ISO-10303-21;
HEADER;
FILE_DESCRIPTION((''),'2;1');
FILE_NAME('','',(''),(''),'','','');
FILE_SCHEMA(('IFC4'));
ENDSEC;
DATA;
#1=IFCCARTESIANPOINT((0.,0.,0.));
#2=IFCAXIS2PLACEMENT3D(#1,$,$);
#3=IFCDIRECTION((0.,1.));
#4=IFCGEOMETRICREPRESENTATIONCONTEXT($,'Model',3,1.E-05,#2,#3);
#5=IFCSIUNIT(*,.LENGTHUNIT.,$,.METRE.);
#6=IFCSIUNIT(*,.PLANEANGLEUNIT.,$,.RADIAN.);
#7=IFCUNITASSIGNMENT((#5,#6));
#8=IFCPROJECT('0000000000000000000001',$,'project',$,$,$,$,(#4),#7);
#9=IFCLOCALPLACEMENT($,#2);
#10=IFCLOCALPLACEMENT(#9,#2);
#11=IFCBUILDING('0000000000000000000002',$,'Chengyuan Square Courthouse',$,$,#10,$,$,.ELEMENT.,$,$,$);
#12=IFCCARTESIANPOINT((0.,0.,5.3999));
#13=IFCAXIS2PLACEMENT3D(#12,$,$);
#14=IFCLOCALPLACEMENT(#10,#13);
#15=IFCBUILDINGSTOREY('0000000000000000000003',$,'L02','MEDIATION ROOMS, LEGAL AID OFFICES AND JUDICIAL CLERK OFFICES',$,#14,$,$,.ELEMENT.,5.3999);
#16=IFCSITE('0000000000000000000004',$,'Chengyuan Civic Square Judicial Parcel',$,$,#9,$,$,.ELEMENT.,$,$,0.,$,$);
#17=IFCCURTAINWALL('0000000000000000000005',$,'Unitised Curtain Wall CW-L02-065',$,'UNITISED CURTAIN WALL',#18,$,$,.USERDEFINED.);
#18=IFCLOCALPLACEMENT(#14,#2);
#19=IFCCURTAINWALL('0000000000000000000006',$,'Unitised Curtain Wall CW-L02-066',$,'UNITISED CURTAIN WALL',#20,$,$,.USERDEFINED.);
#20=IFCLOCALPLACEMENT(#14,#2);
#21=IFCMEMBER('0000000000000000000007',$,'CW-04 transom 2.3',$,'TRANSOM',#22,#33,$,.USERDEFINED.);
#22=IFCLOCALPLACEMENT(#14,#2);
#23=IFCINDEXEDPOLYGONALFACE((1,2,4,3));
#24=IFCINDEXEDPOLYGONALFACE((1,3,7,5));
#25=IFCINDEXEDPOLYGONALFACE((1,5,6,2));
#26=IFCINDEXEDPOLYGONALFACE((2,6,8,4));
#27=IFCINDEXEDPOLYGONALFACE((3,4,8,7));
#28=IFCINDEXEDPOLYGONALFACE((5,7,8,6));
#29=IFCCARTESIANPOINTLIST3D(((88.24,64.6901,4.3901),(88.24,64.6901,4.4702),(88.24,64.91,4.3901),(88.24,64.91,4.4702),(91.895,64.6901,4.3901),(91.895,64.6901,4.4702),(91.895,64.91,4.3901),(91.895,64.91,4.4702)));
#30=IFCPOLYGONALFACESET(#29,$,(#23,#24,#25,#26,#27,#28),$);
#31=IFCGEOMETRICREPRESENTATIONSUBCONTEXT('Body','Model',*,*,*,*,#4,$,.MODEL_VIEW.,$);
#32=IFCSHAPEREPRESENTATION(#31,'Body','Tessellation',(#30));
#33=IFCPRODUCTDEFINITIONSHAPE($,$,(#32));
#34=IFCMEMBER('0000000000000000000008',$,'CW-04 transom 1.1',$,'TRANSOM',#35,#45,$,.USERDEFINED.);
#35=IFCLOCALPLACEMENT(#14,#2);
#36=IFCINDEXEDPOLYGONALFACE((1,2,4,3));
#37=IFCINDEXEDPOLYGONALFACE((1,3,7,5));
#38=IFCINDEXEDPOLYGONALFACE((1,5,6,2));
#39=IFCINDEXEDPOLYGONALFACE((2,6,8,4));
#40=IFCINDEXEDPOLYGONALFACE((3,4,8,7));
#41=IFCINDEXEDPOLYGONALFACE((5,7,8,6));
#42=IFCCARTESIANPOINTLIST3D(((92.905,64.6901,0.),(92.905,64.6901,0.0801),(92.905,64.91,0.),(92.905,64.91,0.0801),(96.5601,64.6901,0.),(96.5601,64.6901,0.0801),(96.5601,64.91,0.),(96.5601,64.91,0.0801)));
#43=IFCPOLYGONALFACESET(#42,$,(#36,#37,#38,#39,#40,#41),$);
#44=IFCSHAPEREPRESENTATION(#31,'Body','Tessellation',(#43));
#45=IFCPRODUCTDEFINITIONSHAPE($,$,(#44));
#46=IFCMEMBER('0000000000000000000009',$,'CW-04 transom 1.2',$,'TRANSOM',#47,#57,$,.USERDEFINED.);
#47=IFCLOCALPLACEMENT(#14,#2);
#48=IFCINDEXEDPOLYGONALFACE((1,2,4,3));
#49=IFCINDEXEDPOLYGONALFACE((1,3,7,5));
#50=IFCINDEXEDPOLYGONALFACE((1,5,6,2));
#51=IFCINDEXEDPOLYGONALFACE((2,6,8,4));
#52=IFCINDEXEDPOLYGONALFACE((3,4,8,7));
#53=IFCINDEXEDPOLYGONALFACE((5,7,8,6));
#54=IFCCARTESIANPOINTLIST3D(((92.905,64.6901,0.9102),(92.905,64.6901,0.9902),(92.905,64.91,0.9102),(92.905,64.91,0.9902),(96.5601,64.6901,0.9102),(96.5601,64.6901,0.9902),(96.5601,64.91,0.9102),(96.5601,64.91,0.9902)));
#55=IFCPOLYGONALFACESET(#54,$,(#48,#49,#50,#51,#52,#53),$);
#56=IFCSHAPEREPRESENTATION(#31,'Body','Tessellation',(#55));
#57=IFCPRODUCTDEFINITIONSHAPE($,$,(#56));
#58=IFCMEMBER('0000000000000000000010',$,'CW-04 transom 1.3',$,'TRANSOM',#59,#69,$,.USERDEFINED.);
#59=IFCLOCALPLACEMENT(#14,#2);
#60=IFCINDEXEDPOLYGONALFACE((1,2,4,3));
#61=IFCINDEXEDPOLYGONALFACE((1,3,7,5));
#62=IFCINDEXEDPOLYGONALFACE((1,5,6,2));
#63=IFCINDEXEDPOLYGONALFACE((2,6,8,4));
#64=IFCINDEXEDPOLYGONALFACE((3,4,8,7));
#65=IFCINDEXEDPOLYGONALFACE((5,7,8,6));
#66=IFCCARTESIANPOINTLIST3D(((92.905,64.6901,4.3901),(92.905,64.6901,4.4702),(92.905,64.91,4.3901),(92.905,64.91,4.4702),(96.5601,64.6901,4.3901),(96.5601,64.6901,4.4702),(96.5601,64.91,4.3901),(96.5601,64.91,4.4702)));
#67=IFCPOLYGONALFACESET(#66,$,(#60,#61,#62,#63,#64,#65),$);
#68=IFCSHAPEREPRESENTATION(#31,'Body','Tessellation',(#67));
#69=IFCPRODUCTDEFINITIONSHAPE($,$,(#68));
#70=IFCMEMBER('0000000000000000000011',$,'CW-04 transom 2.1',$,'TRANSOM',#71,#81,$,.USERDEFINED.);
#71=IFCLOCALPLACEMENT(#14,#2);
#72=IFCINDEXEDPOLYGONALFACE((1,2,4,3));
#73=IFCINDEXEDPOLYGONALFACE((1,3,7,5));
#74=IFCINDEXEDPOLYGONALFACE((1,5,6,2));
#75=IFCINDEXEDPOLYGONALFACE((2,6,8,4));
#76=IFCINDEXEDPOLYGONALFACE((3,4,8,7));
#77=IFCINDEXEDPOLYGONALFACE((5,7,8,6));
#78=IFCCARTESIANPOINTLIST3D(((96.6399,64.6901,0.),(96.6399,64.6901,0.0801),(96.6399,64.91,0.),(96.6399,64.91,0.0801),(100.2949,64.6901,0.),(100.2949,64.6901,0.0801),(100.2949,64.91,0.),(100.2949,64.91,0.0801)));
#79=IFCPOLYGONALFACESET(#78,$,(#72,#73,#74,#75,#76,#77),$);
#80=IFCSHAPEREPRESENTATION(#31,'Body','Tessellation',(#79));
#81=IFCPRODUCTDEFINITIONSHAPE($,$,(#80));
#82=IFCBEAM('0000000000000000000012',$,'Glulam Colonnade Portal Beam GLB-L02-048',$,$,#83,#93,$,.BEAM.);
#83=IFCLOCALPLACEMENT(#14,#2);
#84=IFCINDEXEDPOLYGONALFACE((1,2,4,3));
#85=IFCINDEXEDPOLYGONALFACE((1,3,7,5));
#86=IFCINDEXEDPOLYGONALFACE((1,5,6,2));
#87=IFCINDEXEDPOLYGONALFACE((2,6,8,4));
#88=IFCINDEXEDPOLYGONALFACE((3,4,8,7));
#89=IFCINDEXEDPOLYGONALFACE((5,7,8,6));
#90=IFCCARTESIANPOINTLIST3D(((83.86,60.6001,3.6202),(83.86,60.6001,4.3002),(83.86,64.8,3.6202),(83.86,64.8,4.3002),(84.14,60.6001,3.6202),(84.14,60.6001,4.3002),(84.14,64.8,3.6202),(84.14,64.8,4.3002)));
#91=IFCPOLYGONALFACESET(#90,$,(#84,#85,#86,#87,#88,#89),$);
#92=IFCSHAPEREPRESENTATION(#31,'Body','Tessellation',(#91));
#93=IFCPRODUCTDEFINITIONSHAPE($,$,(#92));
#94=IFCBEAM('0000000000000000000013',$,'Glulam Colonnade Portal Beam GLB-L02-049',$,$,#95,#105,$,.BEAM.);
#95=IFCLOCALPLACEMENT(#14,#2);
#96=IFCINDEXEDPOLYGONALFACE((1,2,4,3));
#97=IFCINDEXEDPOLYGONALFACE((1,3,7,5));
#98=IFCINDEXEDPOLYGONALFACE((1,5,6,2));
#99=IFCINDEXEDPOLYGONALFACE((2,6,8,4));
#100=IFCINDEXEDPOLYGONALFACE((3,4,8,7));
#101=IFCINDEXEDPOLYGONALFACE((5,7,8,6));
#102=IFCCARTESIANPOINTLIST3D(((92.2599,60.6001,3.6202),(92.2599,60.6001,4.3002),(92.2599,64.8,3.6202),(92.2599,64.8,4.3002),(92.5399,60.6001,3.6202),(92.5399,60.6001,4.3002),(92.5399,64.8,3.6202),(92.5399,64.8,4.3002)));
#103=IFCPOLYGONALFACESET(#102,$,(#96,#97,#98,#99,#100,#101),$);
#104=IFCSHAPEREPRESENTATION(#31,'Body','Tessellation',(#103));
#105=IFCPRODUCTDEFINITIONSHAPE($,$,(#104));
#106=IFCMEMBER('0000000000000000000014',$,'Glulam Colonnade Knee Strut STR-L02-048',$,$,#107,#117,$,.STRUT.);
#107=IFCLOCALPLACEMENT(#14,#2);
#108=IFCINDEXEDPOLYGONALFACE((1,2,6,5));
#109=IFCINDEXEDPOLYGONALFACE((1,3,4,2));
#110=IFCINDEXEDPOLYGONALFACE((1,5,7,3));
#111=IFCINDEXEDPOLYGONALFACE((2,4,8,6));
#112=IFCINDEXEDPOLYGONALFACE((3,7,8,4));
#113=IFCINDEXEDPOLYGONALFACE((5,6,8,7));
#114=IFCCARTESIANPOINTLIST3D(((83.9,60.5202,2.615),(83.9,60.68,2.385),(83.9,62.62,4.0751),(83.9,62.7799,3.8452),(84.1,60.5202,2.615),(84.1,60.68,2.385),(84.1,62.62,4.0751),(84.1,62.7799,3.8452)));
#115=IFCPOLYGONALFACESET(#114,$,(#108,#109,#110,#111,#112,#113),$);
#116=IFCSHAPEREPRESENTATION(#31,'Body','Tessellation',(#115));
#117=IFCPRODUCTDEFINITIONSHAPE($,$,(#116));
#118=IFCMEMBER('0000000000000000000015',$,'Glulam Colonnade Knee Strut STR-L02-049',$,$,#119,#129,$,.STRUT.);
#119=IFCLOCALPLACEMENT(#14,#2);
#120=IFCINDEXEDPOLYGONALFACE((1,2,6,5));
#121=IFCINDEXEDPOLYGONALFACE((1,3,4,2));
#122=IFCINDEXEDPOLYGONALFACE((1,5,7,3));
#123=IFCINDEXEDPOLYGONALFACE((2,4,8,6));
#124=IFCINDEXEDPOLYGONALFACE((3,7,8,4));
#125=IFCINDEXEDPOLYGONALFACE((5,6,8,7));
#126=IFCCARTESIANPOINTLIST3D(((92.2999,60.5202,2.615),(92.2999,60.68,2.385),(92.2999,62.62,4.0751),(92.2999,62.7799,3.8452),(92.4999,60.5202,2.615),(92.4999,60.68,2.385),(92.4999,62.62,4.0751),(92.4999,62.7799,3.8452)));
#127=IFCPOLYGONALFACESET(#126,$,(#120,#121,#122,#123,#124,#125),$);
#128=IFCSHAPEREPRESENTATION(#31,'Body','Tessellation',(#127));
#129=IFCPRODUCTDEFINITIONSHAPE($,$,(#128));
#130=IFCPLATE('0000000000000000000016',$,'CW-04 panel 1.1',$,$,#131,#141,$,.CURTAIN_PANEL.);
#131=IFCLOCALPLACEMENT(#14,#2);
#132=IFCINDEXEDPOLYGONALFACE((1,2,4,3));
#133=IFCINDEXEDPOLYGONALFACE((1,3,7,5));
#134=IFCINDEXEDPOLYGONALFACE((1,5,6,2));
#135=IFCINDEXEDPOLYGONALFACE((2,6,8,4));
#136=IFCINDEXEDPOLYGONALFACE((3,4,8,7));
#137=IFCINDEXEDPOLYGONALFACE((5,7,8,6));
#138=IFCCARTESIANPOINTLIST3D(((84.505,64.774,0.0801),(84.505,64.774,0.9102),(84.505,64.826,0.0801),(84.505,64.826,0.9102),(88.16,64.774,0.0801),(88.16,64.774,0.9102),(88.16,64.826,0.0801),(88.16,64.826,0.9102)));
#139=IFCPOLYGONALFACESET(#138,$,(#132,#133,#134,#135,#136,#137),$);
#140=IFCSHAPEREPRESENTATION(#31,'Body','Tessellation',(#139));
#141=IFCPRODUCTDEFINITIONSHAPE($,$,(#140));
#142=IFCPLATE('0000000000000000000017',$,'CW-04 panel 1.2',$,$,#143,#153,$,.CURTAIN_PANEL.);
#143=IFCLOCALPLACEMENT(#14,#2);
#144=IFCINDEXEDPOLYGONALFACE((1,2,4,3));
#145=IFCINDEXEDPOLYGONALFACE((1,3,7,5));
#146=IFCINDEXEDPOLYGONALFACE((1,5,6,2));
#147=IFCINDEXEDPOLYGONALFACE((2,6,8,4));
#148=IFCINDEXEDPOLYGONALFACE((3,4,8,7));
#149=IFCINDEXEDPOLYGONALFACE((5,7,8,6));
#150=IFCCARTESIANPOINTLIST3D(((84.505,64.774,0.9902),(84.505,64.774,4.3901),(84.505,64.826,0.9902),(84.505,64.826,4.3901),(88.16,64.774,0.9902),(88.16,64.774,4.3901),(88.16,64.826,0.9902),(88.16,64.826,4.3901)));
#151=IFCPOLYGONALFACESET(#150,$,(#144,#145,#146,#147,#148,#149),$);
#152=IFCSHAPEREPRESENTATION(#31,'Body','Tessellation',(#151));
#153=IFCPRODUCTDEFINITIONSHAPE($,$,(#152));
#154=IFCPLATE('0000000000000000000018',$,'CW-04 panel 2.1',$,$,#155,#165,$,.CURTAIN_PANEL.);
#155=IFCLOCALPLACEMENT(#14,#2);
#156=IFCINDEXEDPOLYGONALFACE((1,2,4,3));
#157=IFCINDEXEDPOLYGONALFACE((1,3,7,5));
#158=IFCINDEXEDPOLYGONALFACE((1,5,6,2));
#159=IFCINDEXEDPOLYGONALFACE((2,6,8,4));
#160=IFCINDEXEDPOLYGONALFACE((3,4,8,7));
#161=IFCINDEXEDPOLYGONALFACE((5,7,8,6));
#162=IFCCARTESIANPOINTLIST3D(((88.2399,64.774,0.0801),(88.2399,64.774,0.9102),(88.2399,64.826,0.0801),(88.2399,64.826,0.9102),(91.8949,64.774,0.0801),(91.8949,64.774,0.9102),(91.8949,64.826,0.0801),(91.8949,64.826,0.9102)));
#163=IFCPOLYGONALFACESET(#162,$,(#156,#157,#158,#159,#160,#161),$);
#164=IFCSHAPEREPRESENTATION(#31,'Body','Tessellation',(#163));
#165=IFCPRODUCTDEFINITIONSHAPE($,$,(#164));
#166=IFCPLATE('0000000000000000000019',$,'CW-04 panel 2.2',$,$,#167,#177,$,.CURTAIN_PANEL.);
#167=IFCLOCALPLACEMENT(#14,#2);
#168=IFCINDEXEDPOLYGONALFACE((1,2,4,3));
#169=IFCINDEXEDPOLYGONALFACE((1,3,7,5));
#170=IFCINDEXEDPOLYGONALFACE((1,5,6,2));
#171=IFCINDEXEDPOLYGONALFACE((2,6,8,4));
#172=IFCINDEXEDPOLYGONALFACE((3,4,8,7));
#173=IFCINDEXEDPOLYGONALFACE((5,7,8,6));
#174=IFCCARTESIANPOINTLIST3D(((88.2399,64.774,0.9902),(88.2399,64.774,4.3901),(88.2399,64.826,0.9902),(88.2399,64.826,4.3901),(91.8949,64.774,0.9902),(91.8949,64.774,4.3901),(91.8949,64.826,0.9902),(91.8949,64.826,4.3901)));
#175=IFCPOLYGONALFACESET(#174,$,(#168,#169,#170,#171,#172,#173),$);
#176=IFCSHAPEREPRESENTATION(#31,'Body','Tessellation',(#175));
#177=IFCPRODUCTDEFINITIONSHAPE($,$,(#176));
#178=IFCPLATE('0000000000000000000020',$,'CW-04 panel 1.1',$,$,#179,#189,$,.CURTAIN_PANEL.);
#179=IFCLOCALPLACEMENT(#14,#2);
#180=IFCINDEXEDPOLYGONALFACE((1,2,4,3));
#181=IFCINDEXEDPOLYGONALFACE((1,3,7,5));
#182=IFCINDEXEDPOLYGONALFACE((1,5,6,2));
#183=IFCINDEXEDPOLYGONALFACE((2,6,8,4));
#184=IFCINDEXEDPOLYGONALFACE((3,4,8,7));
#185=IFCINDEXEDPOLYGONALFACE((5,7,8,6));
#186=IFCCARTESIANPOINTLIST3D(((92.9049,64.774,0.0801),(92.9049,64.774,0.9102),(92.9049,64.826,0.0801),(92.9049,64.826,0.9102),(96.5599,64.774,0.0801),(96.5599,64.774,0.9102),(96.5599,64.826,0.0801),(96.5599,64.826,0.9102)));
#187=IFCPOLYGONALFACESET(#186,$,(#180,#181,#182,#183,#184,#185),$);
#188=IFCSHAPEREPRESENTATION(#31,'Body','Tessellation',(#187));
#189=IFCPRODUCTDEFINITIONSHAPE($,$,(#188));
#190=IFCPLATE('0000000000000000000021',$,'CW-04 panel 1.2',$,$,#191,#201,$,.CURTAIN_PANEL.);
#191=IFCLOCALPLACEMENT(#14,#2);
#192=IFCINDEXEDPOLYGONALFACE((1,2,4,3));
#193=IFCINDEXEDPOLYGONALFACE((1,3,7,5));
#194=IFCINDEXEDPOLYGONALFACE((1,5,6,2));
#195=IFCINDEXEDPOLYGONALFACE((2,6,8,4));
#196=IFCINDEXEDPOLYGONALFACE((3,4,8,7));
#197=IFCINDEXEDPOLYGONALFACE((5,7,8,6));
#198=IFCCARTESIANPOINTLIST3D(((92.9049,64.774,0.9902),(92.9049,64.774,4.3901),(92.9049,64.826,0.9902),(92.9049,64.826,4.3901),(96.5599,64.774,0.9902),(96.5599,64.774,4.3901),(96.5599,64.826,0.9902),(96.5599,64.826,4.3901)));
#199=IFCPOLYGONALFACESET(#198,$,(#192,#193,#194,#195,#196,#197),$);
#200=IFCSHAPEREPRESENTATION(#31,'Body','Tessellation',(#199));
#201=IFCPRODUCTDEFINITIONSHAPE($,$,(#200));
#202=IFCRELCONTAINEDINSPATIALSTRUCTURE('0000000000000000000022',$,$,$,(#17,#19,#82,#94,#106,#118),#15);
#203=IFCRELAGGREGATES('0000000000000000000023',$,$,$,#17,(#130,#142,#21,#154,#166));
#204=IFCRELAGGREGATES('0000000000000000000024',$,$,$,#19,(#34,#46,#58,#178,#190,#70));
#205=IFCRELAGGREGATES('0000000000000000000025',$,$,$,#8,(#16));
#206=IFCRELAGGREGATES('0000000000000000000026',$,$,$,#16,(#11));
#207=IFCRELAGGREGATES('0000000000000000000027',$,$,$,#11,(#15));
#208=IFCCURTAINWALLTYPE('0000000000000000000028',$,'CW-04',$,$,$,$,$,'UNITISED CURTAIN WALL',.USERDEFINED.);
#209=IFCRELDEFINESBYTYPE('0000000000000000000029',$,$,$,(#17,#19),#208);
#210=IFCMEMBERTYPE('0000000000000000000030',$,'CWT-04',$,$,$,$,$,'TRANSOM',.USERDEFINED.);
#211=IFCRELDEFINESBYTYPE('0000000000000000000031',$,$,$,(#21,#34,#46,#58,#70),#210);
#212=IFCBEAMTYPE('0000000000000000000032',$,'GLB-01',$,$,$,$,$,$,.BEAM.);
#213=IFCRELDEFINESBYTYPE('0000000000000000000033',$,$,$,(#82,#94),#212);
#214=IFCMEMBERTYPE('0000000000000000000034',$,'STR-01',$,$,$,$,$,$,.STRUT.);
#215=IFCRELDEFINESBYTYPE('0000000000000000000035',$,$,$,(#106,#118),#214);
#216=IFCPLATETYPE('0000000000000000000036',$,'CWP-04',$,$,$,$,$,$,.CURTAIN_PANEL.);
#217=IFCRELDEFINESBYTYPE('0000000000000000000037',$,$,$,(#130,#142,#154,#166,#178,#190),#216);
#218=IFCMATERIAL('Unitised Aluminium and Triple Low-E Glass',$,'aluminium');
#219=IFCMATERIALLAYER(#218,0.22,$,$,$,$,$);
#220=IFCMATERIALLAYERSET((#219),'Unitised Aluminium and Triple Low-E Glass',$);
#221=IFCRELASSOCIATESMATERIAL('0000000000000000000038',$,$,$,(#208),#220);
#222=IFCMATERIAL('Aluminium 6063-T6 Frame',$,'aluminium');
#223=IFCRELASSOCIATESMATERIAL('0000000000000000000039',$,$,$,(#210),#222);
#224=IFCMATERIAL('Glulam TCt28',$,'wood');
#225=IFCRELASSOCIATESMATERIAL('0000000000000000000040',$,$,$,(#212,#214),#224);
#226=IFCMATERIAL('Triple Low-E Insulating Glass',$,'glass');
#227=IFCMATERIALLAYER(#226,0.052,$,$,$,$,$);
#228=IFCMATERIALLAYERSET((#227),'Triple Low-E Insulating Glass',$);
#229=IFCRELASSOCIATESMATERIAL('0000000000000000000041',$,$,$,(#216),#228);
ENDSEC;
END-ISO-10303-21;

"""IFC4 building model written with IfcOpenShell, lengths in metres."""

from ifc_helpers import new_model, si_unit, direction, frame, origin, origin_2d, place, context, subcontext, project, spatial, rectangle, extrude, material, layer, layer_set, material_profile, profile_set, type_object, element, aggregate, save


model = new_model("IFC4")

# Units and contexts
model_context = context("Model", 3, precision=1e-05, world=origin(), true_north=direction((0.0, 1.0)))
body_context = subcontext(model_context, "Body", "Model", "MODEL_VIEW")
ifc_project = project(units=[si_unit("LENGTHUNIT", "METRE"), si_unit("PLANEANGLEUNIT", "RADIAN")], contexts=[model_context])

# Site, building, storey
site_placement = place(None, origin())
site = spatial("IfcSite", under=ifc_project, at=site_placement, Name="Chengyuan Civic Square Judicial Parcel", CompositionType="ELEMENT", RefElevation=0.0)
building_placement = place(site_placement, origin())
building = spatial("IfcBuilding", under=site, at=building_placement, Name="Chengyuan Square Courthouse", CompositionType="ELEMENT")
storey_placement = place(building_placement, frame((0.0, 0.0, 5.3999)))
storey = spatial("IfcBuildingStorey", under=building, at=storey_placement, Name="L02", Description="MEDIATION ROOMS, LEGAL AID OFFICES AND JUDICIAL CLERK OFFICES", CompositionType="ELEMENT", Elevation=5.3999)

# Shared definitions
ifc_material_1 = material(Name="Glulam TCt28", Category="wood")

# Curtain walls
ifc_material_2 = material(Name="Unitised Aluminium and Triple Low-E Glass", Category="aluminium")
ifc_layer_1 = layer(ifc_material_2, 0.22)
ifc_layer_set_1 = layer_set([ifc_layer_1], Name="Unitised Aluminium and Triple Low-E Glass")
curtain_wall_type = type_object("IfcCurtainWallType", Name="CW-04", ElementType="UNITISED CURTAIN WALL", PredefinedType="USERDEFINED", material=ifc_layer_set_1)
curtain_wall_1_placement = place(storey_placement, origin())
curtain_wall_1 = element("IfcCurtainWall", 1, at=curtain_wall_1_placement, inside=storey, type_object=curtain_wall_type, Name="Unitised Curtain Wall CW-L02-065", ObjectType="UNITISED CURTAIN WALL", PredefinedType="USERDEFINED")
ifc_material_3 = material(Name="Aluminium 6063-T6 Frame", Category="aluminium")
curtain_wall_2_placement = place(storey_placement, origin())
curtain_wall_2 = element("IfcCurtainWall", 2, at=curtain_wall_2_placement, inside=storey, type_object=curtain_wall_type, Name="Unitised Curtain Wall CW-L02-066", ObjectType="UNITISED CURTAIN WALL", PredefinedType="USERDEFINED")

# Members
ifc_material_profile_1 = material_profile(ifc_material_3, rectangle(XDim=0.22, YDim=0.0801, at=origin_2d()), Name="CW-TRN-80x180")
ifc_profile_set_1 = profile_set([ifc_material_profile_1], Name="Aluminium 6063-T6 Frame")
member_type_1 = type_object("IfcMemberType", Name="CWT-04", ElementType="TRANSOM", PredefinedType="USERDEFINED", material=ifc_profile_set_1)
member_1_placement = place(storey_placement, frame((88.24, 64.8, 4.4302), z_axis=(1.0, 0.0, 0.0), x_axis=(0.0, 1.0, 0.0)))
member_1 = element("IfcMember", 3, at=member_1_placement, type_object=member_type_1, Name="CW-04 transom 2.3", ObjectType="TRANSOM", PredefinedType="USERDEFINED", context=body_context, shape_type="SweptSolid", body=[
    extrude(rectangle(XDim=0.22, YDim=0.0801, at=origin_2d()), origin(), (0.0, 0.0, 1.0), 3.655),
])
member_2_placement = place(storey_placement, frame((92.905, 64.8, 0.04), z_axis=(1.0, 0.0, 0.0), x_axis=(0.0, 1.0, 0.0)))
member_2 = element("IfcMember", 4, at=member_2_placement, type_object=member_type_1, Name="CW-04 transom 1.1", ObjectType="TRANSOM", PredefinedType="USERDEFINED", context=body_context, shape_type="SweptSolid", body=[
    extrude(rectangle(XDim=0.22, YDim=0.0801, at=origin_2d()), origin(), (0.0, 0.0, 1.0), 3.655),
])
member_3_placement = place(storey_placement, frame((92.905, 64.8, 0.9502), z_axis=(1.0, 0.0, 0.0), x_axis=(0.0, 1.0, 0.0)))
member_3 = element("IfcMember", 5, at=member_3_placement, type_object=member_type_1, Name="CW-04 transom 1.2", ObjectType="TRANSOM", PredefinedType="USERDEFINED", context=body_context, shape_type="SweptSolid", body=[
    extrude(rectangle(XDim=0.22, YDim=0.0801, at=origin_2d()), origin(), (0.0, 0.0, 1.0), 3.655),
])
member_4_placement = place(storey_placement, frame((92.905, 64.8, 4.4302), z_axis=(1.0, 0.0, 0.0), x_axis=(0.0, 1.0, 0.0)))
member_4 = element("IfcMember", 6, at=member_4_placement, type_object=member_type_1, Name="CW-04 transom 1.3", ObjectType="TRANSOM", PredefinedType="USERDEFINED", context=body_context, shape_type="SweptSolid", body=[
    extrude(rectangle(XDim=0.22, YDim=0.0801, at=origin_2d()), origin(), (0.0, 0.0, 1.0), 3.655),
])
member_5_placement = place(storey_placement, frame((96.6399, 64.8, 0.04), z_axis=(1.0, 0.0, 0.0), x_axis=(0.0, 1.0, 0.0)))
member_5 = element("IfcMember", 7, at=member_5_placement, type_object=member_type_1, Name="CW-04 transom 2.1", ObjectType="TRANSOM", PredefinedType="USERDEFINED", context=body_context, shape_type="SweptSolid", body=[
    extrude(rectangle(XDim=0.22, YDim=0.0801, at=origin_2d()), origin(), (0.0, 0.0, 1.0), 3.655),
])

# Beams
ifc_material_profile_2 = material_profile(ifc_material_1, rectangle(XDim=0.28, YDim=0.6799, at=origin_2d()), Name="GL-BM-280x680")
ifc_profile_set_2 = profile_set([ifc_material_profile_2], Name="Glulam TCt28")
beam_type_1 = type_object("IfcBeamType", Name="GLB-01", PredefinedType="BEAM", material=ifc_profile_set_2)
for number, where, z_axis, x_axis, name in (
    (8, (84.0, 64.8, 3.9602), (0.0, -1.0, 0.0), (1.0, 0.0, 0.0), "Glulam Colonnade Portal Beam GLB-L02-048"),
    (9, (92.3999, 64.8, 3.9602), (0.0, -1.0, 0.0), (1.0, 0.0, 0.0), "Glulam Colonnade Portal Beam GLB-L02-049"),
):
    element("IfcBeam", number, at=place(storey_placement, frame(where, z_axis=z_axis, x_axis=x_axis)), inside=storey, type_object=beam_type_1, Name=name, PredefinedType="BEAM", context=body_context, shape_type="SweptSolid", body=[
        extrude(rectangle(XDim=0.28, YDim=0.6799, at=origin_2d()), origin(), (0.0, 0.0, 1.0), 4.2),
    ])

# Members
ifc_material_profile_3 = material_profile(ifc_material_1, rectangle(XDim=0.2, YDim=0.28, at=origin_2d()), Name="GL-STR-200x280")
ifc_profile_set_3 = profile_set([ifc_material_profile_3], Name="Glulam TCt28")
member_type_2 = type_object("IfcMemberType", Name="STR-01", PredefinedType="STRUT", material=ifc_profile_set_3)
for number, where, z_axis, x_axis, name in (
    (10, (84.0, 60.6001, 2.5), (0.0, 0.821008, 0.570916), (-1.0, 0.0, 0.0), "Glulam Colonnade Knee Strut STR-L02-048"),
    (11, (92.3999, 60.6001, 2.5), (0.0, 0.821008, 0.570916), (-1.0, 0.0, 0.0), "Glulam Colonnade Knee Strut STR-L02-049"),
):
    element("IfcMember", number, at=place(storey_placement, frame(where, z_axis=z_axis, x_axis=x_axis)), inside=storey, type_object=member_type_2, Name=name, PredefinedType="STRUT", context=body_context, shape_type="SweptSolid", body=[
        extrude(rectangle(XDim=0.2, YDim=0.28, at=origin_2d()), origin(), (0.0, 0.0, 1.0), 2.5576),
    ])

# Plates
ifc_material_4 = material(Name="Triple Low-E Insulating Glass", Category="glass")
ifc_layer_2 = layer(ifc_material_4, 0.052)
ifc_layer_set_2 = layer_set([ifc_layer_2], Name="Triple Low-E Insulating Glass")
plate_type = type_object("IfcPlateType", Name="CWP-04", PredefinedType="CURTAIN_PANEL", material=ifc_layer_set_2)
plate_1_placement = place(storey_placement, frame((86.3325, 64.8, 0.0801), z_axis=(0.0, 0.0, 1.0), x_axis=(1.0, 0.0, 0.0)))
plate_1 = element("IfcPlate", 12, at=plate_1_placement, type_object=plate_type, Name="CW-04 panel 1.1", PredefinedType="CURTAIN_PANEL", context=body_context, shape_type="SweptSolid", body=[
    extrude(rectangle(XDim=3.655, YDim=0.052, at=origin_2d()), origin(), (0.0, 0.0, 1.0), 0.8301),
])
plate_2_placement = place(storey_placement, frame((86.3325, 64.8, 0.9902), z_axis=(0.0, 0.0, 1.0), x_axis=(1.0, 0.0, 0.0)))
plate_2 = element("IfcPlate", 13, at=plate_2_placement, type_object=plate_type, Name="CW-04 panel 1.2", PredefinedType="CURTAIN_PANEL", context=body_context, shape_type="SweptSolid", body=[
    extrude(rectangle(XDim=3.655, YDim=0.052, at=origin_2d()), origin(), (0.0, 0.0, 1.0), 3.3999),
])
plate_3_placement = place(storey_placement, frame((90.0674, 64.8, 0.0801), z_axis=(0.0, 0.0, 1.0), x_axis=(1.0, 0.0, 0.0)))
plate_3 = element("IfcPlate", 14, at=plate_3_placement, type_object=plate_type, Name="CW-04 panel 2.1", PredefinedType="CURTAIN_PANEL", context=body_context, shape_type="SweptSolid", body=[
    extrude(rectangle(XDim=3.655, YDim=0.052, at=origin_2d()), origin(), (0.0, 0.0, 1.0), 0.8301),
])
plate_4_placement = place(storey_placement, frame((90.0674, 64.8, 0.9902), z_axis=(0.0, 0.0, 1.0), x_axis=(1.0, 0.0, 0.0)))
plate_4 = element("IfcPlate", 15, at=plate_4_placement, type_object=plate_type, Name="CW-04 panel 2.2", PredefinedType="CURTAIN_PANEL", context=body_context, shape_type="SweptSolid", body=[
    extrude(rectangle(XDim=3.655, YDim=0.052, at=origin_2d()), origin(), (0.0, 0.0, 1.0), 3.3999),
])
aggregate(curtain_wall_1, [plate_1, plate_2, member_1, plate_3, plate_4])
plate_5_placement = place(storey_placement, frame((94.7324, 64.8, 0.0801), z_axis=(0.0, 0.0, 1.0), x_axis=(1.0, 0.0, 0.0)))
plate_5 = element("IfcPlate", 16, at=plate_5_placement, type_object=plate_type, Name="CW-04 panel 1.1", PredefinedType="CURTAIN_PANEL", context=body_context, shape_type="SweptSolid", body=[
    extrude(rectangle(XDim=3.655, YDim=0.052, at=origin_2d()), origin(), (0.0, 0.0, 1.0), 0.8301),
])
plate_6_placement = place(storey_placement, frame((94.7324, 64.8, 0.9902), z_axis=(0.0, 0.0, 1.0), x_axis=(1.0, 0.0, 0.0)))
plate_6 = element("IfcPlate", 17, at=plate_6_placement, type_object=plate_type, Name="CW-04 panel 1.2", PredefinedType="CURTAIN_PANEL", context=body_context, shape_type="SweptSolid", body=[
    extrude(rectangle(XDim=3.655, YDim=0.052, at=origin_2d()), origin(), (0.0, 0.0, 1.0), 3.3999),
])
aggregate(curtain_wall_2, [member_2, member_3, member_4, plate_5, plate_6, member_5])

save(model, "model.ifc")
